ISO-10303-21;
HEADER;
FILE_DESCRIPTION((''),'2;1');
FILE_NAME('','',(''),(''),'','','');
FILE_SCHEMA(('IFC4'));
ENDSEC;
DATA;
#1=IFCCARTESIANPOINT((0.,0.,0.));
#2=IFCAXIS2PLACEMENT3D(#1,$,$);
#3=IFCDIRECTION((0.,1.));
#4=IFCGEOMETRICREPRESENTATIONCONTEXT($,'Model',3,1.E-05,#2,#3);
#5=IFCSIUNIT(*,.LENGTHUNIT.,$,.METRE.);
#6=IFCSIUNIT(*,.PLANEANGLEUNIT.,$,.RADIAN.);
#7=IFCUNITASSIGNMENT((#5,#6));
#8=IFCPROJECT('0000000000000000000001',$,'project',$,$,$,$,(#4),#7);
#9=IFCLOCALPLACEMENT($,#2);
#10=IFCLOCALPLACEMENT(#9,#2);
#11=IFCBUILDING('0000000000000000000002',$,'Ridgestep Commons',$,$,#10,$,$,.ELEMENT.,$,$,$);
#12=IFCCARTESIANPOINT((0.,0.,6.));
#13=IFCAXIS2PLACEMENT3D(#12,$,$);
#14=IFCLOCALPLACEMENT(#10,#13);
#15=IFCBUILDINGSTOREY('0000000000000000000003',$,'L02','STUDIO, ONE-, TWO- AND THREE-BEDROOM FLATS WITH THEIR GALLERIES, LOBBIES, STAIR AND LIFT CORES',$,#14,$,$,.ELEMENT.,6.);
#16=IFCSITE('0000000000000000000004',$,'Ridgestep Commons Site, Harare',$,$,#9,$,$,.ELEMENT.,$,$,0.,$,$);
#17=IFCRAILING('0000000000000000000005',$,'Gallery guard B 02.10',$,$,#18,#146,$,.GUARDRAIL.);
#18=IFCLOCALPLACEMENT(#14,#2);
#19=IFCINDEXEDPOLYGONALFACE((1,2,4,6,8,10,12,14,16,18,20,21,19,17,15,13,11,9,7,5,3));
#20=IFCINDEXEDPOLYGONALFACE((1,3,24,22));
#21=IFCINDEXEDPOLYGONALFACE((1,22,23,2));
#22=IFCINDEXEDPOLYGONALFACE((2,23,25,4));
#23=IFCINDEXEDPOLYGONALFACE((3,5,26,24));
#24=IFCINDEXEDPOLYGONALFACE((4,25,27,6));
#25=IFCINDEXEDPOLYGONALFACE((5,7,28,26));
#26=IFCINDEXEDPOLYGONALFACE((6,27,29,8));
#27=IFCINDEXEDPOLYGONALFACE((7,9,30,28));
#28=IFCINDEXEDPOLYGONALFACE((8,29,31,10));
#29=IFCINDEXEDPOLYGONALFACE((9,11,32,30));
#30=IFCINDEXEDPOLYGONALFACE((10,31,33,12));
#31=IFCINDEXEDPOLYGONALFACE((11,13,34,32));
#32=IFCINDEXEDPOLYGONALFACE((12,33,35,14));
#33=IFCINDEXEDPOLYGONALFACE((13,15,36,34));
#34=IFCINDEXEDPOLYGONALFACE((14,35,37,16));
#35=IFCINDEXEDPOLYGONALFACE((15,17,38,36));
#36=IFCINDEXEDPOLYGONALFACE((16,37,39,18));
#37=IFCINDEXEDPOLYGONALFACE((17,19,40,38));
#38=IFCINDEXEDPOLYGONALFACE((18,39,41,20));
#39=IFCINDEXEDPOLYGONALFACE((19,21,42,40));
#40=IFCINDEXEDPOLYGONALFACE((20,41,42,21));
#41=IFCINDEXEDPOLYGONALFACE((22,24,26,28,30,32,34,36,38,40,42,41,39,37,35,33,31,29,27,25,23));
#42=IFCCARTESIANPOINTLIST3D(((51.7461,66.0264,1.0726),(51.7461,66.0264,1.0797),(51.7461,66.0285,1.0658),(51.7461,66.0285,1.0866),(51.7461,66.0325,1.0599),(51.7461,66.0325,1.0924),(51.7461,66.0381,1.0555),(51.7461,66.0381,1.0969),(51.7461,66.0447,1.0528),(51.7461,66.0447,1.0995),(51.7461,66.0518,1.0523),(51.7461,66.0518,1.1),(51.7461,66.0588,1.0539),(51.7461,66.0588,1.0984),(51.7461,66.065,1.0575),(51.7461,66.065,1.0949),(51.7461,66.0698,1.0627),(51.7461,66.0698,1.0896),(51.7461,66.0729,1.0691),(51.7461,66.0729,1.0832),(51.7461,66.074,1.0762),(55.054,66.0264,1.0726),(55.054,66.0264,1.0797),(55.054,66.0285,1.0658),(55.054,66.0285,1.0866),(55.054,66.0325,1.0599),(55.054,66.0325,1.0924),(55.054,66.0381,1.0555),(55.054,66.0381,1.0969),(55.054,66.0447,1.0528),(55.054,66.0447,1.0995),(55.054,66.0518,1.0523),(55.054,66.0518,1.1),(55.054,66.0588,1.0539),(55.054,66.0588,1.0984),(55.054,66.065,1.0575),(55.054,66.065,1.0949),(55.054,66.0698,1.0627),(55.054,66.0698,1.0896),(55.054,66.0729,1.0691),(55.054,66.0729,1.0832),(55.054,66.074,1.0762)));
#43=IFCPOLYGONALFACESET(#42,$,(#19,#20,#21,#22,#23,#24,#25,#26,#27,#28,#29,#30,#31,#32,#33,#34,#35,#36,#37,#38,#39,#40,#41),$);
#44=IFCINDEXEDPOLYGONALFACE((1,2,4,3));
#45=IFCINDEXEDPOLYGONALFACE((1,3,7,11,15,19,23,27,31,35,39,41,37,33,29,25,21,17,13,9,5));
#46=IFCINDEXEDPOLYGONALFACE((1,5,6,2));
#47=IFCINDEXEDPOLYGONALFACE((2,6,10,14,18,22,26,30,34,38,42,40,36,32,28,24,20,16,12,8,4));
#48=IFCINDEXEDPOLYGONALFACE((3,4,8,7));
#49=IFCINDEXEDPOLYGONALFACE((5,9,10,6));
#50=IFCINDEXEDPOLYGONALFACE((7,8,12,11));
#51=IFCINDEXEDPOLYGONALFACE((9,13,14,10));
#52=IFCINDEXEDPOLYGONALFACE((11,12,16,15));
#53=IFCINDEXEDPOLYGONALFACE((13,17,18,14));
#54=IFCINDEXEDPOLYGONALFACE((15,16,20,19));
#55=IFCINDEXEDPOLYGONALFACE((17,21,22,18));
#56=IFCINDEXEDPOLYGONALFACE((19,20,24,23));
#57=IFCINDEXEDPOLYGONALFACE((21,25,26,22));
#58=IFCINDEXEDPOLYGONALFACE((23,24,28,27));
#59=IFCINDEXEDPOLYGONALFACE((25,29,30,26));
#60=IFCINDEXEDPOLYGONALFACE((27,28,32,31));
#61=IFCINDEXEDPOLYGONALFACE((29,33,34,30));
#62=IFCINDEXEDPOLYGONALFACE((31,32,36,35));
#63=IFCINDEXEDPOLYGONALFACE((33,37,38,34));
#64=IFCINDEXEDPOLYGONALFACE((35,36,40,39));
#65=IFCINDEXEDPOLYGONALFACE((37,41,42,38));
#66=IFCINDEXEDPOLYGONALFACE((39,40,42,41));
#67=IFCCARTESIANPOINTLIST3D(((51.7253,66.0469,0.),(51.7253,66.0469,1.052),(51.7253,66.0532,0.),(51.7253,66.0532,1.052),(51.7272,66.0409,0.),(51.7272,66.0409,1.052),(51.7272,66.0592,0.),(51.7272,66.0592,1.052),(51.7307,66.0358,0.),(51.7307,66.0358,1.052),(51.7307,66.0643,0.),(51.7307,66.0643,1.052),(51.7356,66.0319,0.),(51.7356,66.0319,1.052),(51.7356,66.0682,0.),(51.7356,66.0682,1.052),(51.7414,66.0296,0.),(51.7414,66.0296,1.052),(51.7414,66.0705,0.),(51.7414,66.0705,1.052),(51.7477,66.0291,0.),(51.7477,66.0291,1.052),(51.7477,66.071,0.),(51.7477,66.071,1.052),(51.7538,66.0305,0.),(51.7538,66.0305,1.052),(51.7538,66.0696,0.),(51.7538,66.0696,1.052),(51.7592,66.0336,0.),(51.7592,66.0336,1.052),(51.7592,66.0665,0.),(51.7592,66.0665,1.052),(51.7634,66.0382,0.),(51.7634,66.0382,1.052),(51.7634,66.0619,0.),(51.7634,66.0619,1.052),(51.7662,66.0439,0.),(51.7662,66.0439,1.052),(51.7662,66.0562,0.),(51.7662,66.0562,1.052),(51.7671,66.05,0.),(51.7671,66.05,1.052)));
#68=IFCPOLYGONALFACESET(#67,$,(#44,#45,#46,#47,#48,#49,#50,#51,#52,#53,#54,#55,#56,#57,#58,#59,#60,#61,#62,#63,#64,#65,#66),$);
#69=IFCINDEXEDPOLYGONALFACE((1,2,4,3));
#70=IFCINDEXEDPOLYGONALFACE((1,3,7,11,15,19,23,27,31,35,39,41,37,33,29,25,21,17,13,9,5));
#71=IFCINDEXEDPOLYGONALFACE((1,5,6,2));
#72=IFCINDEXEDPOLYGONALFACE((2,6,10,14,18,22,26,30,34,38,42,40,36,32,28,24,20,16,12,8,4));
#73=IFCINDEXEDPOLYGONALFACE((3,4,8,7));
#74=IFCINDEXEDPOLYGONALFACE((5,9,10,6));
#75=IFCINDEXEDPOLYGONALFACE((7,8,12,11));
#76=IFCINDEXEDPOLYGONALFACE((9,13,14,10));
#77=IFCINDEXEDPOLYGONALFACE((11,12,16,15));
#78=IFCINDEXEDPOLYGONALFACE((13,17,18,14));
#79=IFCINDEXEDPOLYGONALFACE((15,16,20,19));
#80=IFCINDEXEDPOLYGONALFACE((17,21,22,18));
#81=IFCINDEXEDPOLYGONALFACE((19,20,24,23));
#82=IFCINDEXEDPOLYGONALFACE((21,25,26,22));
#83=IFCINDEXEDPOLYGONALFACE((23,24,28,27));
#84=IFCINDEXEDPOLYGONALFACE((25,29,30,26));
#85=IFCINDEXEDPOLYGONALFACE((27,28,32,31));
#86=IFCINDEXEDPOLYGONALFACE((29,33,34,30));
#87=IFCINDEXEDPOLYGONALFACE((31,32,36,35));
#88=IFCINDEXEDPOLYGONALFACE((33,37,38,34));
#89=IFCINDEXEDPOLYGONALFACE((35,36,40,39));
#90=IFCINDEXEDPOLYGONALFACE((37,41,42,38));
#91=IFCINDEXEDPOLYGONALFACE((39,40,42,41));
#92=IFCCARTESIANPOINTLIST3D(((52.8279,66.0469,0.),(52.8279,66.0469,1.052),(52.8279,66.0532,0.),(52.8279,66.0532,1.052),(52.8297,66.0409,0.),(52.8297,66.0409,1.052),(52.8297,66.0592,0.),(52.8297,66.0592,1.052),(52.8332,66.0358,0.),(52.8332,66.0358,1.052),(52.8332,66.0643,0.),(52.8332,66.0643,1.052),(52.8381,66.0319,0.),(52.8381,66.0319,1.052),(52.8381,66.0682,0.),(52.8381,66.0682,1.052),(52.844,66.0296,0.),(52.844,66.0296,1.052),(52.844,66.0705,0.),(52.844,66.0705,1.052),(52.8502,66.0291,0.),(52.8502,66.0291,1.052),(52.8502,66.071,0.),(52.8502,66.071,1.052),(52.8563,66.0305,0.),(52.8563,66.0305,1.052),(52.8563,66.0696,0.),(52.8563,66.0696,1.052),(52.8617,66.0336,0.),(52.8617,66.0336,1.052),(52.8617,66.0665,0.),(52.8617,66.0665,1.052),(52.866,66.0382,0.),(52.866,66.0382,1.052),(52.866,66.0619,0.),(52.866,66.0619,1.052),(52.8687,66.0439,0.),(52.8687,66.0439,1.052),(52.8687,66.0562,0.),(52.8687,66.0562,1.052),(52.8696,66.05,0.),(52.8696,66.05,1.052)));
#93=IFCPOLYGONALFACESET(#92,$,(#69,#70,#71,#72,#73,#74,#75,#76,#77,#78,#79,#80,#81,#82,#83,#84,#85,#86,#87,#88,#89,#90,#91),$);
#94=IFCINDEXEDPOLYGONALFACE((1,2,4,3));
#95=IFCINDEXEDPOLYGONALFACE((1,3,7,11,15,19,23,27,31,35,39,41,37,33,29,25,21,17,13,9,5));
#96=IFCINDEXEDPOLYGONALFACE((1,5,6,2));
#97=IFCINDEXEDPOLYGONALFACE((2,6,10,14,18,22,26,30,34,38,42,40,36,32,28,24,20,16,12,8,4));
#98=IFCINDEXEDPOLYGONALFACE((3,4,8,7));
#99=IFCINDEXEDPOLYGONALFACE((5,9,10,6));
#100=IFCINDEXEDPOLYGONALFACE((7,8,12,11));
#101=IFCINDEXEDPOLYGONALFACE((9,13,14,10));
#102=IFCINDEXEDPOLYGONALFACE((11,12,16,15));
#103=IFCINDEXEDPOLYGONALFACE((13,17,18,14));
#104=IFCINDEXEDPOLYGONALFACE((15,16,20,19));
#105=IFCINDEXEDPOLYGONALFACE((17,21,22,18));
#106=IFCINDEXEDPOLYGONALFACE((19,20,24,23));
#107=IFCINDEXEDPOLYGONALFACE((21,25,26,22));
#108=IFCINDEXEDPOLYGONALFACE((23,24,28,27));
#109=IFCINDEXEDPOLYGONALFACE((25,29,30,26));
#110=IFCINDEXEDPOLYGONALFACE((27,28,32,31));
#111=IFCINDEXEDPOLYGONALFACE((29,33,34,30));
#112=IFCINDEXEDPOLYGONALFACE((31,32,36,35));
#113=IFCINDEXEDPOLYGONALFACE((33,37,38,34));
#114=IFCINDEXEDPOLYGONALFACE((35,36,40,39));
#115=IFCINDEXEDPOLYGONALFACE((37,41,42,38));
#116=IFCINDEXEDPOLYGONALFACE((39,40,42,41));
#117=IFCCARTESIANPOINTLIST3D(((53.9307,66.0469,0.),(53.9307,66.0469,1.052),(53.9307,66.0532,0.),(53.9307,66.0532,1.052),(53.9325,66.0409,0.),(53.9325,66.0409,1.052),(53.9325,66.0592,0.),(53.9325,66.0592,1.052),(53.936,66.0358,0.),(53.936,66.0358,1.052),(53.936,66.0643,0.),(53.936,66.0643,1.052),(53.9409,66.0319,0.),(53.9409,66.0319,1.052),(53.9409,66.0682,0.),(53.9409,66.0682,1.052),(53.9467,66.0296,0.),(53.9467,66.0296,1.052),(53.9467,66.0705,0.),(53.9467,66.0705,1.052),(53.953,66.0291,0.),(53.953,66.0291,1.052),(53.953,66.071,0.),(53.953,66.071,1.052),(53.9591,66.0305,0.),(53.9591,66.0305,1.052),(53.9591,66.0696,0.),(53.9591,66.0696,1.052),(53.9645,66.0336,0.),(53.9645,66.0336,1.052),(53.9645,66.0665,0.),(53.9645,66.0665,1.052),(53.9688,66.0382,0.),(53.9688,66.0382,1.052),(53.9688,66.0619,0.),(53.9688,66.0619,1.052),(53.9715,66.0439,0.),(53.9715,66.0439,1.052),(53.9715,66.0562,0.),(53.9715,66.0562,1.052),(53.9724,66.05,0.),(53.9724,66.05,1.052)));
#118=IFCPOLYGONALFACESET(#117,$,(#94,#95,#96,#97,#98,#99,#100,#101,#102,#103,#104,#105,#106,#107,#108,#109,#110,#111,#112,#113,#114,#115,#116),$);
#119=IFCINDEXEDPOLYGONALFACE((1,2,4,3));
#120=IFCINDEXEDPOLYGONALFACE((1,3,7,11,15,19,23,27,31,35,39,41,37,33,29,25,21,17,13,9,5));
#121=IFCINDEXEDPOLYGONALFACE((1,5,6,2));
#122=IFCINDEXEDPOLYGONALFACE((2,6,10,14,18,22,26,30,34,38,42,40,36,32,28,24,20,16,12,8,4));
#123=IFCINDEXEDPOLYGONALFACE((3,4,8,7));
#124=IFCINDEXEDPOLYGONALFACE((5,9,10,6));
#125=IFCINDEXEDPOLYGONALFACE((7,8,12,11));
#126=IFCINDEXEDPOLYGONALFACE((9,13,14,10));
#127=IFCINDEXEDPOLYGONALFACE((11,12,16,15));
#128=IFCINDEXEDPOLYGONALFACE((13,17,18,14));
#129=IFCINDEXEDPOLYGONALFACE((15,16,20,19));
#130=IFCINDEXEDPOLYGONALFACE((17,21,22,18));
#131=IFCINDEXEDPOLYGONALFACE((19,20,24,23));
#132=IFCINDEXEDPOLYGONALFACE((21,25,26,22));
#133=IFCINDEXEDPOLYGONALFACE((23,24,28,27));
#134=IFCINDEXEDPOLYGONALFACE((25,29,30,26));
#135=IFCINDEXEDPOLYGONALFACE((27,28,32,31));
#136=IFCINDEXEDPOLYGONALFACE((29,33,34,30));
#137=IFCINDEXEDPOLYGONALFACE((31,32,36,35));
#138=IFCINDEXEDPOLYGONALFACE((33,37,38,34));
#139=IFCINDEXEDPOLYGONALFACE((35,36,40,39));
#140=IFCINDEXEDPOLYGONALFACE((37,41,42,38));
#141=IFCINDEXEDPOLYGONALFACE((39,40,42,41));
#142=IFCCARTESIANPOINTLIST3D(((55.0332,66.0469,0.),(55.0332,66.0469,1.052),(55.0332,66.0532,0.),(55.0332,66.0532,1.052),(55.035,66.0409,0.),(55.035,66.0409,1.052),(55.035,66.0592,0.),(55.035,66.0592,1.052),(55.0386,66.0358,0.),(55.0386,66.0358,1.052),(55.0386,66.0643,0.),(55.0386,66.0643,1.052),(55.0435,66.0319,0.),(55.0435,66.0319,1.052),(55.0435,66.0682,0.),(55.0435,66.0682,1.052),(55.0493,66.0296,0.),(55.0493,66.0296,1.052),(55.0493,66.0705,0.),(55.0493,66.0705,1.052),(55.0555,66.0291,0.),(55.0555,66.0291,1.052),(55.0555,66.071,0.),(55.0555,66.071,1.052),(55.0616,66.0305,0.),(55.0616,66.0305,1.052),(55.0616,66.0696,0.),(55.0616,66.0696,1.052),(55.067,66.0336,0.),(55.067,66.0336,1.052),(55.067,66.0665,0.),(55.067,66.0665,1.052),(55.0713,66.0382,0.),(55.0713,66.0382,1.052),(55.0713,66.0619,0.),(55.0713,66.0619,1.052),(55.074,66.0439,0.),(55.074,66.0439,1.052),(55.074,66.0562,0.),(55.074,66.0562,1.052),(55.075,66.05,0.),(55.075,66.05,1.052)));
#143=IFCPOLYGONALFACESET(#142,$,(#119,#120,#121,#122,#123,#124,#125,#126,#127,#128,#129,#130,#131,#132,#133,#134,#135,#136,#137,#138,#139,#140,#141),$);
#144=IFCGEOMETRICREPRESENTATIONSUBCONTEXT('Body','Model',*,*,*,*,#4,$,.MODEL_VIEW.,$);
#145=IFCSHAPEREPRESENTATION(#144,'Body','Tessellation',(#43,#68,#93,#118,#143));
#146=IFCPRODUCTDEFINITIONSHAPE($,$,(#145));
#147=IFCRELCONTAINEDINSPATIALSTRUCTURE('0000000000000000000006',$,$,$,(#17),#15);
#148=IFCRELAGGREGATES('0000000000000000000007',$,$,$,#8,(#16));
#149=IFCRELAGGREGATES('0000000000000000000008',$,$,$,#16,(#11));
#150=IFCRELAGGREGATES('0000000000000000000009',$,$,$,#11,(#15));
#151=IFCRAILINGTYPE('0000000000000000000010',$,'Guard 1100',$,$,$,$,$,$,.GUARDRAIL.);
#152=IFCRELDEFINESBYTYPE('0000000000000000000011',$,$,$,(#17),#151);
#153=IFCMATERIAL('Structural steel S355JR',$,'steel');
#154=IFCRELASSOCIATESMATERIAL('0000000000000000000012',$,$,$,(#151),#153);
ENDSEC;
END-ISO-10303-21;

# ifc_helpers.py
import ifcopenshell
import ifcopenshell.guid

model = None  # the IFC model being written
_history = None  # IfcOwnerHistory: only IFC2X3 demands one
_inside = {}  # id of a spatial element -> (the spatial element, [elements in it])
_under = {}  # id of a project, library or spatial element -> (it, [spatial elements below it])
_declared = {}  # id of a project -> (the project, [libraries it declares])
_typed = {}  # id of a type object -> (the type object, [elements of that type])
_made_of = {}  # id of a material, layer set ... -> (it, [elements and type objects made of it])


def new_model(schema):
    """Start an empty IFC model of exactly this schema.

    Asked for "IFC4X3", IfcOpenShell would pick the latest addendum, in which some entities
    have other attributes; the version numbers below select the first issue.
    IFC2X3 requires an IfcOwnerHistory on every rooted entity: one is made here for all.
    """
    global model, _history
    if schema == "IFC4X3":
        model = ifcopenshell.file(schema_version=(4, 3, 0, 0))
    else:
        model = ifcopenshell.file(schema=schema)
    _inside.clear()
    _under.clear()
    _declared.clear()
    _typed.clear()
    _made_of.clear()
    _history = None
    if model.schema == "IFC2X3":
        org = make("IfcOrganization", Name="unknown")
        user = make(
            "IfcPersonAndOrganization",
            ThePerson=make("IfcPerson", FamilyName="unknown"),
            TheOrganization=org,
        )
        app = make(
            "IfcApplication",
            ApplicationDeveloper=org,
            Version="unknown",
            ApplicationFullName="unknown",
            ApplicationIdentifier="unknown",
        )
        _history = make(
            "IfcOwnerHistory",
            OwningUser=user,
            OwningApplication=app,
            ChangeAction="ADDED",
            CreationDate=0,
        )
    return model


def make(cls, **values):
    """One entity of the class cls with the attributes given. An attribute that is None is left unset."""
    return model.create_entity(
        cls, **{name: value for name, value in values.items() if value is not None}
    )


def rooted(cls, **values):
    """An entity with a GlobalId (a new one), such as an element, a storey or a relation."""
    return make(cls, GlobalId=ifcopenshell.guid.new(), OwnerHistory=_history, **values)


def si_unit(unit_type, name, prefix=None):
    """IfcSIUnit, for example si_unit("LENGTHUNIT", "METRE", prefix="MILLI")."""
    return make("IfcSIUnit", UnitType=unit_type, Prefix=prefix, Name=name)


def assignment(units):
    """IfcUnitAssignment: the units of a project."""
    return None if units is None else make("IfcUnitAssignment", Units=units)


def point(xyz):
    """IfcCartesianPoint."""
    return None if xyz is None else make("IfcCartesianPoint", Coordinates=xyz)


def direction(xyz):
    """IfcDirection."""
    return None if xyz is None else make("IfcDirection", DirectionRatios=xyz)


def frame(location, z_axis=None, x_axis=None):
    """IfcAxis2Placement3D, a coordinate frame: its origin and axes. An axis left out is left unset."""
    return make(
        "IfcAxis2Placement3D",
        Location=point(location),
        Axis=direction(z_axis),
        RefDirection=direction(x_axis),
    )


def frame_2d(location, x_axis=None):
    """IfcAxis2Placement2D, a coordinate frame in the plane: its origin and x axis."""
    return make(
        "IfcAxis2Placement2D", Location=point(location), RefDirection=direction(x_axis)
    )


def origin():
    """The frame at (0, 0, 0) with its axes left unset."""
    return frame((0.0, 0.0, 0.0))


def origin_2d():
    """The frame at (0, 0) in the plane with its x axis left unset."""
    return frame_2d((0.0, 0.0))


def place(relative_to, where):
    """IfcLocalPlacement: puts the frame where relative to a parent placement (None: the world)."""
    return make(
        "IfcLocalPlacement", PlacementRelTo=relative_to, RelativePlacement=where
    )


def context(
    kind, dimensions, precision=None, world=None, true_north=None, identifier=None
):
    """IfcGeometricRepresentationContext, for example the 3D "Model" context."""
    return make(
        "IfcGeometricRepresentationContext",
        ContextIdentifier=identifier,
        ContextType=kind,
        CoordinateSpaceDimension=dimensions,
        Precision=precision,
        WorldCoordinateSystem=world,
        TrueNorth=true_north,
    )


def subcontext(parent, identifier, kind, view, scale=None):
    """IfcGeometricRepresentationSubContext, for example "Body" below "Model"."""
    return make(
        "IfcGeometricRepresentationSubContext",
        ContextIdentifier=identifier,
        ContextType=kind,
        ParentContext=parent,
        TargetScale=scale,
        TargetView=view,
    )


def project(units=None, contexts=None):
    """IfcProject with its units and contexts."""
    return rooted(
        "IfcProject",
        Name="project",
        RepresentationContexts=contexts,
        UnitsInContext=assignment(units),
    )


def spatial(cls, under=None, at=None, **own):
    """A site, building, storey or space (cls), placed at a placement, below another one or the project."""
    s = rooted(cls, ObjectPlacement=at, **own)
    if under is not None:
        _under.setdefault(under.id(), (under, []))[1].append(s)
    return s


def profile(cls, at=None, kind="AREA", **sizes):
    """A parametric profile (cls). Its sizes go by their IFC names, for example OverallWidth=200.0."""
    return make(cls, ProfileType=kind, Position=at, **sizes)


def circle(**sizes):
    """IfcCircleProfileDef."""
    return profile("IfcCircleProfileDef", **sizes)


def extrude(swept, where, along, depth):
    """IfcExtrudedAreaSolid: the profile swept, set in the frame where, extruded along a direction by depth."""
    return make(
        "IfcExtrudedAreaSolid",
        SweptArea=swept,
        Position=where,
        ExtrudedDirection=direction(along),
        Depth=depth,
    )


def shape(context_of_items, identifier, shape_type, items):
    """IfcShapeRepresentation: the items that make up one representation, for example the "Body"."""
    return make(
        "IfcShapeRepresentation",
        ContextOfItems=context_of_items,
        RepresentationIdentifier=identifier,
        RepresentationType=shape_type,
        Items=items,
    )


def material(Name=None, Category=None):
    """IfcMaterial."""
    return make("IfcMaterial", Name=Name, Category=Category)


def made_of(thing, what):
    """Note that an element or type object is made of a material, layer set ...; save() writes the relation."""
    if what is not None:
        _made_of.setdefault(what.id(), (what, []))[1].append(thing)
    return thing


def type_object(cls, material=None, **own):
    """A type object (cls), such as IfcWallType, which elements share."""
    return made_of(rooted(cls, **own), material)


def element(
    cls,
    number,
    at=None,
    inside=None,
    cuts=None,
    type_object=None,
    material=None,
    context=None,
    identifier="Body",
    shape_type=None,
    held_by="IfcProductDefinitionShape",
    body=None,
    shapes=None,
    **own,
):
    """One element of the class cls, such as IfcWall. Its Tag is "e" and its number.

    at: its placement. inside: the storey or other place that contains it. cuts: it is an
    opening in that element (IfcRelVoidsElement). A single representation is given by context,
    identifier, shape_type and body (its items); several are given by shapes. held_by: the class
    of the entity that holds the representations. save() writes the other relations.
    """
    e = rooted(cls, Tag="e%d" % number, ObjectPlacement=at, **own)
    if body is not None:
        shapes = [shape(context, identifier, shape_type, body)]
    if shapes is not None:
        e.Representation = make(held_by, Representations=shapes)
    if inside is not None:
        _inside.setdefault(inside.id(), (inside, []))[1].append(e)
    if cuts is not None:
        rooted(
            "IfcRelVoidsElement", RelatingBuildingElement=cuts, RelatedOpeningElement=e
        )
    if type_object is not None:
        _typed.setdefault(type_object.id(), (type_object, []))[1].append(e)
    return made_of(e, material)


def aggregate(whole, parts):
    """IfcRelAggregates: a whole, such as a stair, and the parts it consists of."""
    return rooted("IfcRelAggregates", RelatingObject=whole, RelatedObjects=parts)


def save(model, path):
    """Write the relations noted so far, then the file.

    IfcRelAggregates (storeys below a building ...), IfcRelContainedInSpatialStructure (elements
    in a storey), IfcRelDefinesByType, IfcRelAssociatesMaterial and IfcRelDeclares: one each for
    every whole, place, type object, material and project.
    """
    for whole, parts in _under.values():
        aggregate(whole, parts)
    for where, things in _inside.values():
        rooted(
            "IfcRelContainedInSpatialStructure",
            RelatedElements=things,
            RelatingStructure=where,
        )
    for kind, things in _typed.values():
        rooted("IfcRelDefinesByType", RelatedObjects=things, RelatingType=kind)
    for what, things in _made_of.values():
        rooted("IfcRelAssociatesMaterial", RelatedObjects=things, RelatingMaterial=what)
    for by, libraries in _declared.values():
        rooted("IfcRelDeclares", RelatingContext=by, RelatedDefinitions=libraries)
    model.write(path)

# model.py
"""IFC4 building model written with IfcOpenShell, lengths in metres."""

from ifc_helpers import new_model, si_unit, direction, frame, origin, origin_2d, place, context, subcontext, project, spatial, circle, extrude, material, type_object, element, save


model = new_model("IFC4")

# Units and contexts
model_context = context("Model", 3, precision=1e-05, world=origin(), true_north=direction((0.0, 1.0)))
body_context = subcontext(model_context, "Body", "Model", "MODEL_VIEW")
ifc_project = project(units=[si_unit("LENGTHUNIT", "METRE"), si_unit("PLANEANGLEUNIT", "RADIAN")], contexts=[model_context])

# Site, building, storey
site_placement = place(None, origin())
site = spatial("IfcSite", under=ifc_project, at=site_placement, Name="Ridgestep Commons Site, Harare", CompositionType="ELEMENT", RefElevation=0.0)
building_placement = place(site_placement, origin())
building = spatial("IfcBuilding", under=site, at=building_placement, Name="Ridgestep Commons", CompositionType="ELEMENT")
storey_placement = place(building_placement, frame((0.0, 0.0, 6.0)))
storey = spatial("IfcBuildingStorey", under=building, at=storey_placement, Name="L02", Description="STUDIO, ONE-, TWO- AND THREE-BEDROOM FLATS WITH THEIR GALLERIES, LOBBIES, STAIR AND LIFT CORES", CompositionType="ELEMENT", Elevation=6.0)

# Railing
ifc_material_1 = material(Name="Structural steel S355JR", Category="steel")
railing_type = type_object("IfcRailingType", Name="Guard 1100", PredefinedType="GUARDRAIL", material=ifc_material_1)
railing_1_placement = place(storey_placement, frame((51.7461, 66.05, 0.0)))
element("IfcRailing", 1, at=railing_1_placement, inside=storey, type_object=railing_type, Name="Gallery guard B 02.10", PredefinedType="GUARDRAIL", context=body_context, shape_type="SweptSolid", body=[
    extrude(circle(Radius=0.0239, at=origin_2d()), frame((0.0, 0.0, 1.0762), z_axis=(1.0, 0.0, 0.0), x_axis=(0.0, 1.0, 0.0)), (0.0, 0.0, 1.0), 3.3079),
    extrude(circle(Radius=0.021, at=origin_2d()), origin(), (0.0, 0.0, 1.0), 1.052),
    extrude(circle(Radius=0.021, at=origin_2d()), frame((1.1025, 0.0, 0.0)), (0.0, 0.0, 1.0), 1.052),
    extrude(circle(Radius=0.021, at=origin_2d()), frame((2.2053, 0.0, 0.0)), (0.0, 0.0, 1.0), 1.052),
    extrude(circle(Radius=0.021, at=origin_2d()), frame((3.3079, 0.0, 0.0)), (0.0, 0.0, 1.0), 1.052),
])

save(model, "model.ifc")
